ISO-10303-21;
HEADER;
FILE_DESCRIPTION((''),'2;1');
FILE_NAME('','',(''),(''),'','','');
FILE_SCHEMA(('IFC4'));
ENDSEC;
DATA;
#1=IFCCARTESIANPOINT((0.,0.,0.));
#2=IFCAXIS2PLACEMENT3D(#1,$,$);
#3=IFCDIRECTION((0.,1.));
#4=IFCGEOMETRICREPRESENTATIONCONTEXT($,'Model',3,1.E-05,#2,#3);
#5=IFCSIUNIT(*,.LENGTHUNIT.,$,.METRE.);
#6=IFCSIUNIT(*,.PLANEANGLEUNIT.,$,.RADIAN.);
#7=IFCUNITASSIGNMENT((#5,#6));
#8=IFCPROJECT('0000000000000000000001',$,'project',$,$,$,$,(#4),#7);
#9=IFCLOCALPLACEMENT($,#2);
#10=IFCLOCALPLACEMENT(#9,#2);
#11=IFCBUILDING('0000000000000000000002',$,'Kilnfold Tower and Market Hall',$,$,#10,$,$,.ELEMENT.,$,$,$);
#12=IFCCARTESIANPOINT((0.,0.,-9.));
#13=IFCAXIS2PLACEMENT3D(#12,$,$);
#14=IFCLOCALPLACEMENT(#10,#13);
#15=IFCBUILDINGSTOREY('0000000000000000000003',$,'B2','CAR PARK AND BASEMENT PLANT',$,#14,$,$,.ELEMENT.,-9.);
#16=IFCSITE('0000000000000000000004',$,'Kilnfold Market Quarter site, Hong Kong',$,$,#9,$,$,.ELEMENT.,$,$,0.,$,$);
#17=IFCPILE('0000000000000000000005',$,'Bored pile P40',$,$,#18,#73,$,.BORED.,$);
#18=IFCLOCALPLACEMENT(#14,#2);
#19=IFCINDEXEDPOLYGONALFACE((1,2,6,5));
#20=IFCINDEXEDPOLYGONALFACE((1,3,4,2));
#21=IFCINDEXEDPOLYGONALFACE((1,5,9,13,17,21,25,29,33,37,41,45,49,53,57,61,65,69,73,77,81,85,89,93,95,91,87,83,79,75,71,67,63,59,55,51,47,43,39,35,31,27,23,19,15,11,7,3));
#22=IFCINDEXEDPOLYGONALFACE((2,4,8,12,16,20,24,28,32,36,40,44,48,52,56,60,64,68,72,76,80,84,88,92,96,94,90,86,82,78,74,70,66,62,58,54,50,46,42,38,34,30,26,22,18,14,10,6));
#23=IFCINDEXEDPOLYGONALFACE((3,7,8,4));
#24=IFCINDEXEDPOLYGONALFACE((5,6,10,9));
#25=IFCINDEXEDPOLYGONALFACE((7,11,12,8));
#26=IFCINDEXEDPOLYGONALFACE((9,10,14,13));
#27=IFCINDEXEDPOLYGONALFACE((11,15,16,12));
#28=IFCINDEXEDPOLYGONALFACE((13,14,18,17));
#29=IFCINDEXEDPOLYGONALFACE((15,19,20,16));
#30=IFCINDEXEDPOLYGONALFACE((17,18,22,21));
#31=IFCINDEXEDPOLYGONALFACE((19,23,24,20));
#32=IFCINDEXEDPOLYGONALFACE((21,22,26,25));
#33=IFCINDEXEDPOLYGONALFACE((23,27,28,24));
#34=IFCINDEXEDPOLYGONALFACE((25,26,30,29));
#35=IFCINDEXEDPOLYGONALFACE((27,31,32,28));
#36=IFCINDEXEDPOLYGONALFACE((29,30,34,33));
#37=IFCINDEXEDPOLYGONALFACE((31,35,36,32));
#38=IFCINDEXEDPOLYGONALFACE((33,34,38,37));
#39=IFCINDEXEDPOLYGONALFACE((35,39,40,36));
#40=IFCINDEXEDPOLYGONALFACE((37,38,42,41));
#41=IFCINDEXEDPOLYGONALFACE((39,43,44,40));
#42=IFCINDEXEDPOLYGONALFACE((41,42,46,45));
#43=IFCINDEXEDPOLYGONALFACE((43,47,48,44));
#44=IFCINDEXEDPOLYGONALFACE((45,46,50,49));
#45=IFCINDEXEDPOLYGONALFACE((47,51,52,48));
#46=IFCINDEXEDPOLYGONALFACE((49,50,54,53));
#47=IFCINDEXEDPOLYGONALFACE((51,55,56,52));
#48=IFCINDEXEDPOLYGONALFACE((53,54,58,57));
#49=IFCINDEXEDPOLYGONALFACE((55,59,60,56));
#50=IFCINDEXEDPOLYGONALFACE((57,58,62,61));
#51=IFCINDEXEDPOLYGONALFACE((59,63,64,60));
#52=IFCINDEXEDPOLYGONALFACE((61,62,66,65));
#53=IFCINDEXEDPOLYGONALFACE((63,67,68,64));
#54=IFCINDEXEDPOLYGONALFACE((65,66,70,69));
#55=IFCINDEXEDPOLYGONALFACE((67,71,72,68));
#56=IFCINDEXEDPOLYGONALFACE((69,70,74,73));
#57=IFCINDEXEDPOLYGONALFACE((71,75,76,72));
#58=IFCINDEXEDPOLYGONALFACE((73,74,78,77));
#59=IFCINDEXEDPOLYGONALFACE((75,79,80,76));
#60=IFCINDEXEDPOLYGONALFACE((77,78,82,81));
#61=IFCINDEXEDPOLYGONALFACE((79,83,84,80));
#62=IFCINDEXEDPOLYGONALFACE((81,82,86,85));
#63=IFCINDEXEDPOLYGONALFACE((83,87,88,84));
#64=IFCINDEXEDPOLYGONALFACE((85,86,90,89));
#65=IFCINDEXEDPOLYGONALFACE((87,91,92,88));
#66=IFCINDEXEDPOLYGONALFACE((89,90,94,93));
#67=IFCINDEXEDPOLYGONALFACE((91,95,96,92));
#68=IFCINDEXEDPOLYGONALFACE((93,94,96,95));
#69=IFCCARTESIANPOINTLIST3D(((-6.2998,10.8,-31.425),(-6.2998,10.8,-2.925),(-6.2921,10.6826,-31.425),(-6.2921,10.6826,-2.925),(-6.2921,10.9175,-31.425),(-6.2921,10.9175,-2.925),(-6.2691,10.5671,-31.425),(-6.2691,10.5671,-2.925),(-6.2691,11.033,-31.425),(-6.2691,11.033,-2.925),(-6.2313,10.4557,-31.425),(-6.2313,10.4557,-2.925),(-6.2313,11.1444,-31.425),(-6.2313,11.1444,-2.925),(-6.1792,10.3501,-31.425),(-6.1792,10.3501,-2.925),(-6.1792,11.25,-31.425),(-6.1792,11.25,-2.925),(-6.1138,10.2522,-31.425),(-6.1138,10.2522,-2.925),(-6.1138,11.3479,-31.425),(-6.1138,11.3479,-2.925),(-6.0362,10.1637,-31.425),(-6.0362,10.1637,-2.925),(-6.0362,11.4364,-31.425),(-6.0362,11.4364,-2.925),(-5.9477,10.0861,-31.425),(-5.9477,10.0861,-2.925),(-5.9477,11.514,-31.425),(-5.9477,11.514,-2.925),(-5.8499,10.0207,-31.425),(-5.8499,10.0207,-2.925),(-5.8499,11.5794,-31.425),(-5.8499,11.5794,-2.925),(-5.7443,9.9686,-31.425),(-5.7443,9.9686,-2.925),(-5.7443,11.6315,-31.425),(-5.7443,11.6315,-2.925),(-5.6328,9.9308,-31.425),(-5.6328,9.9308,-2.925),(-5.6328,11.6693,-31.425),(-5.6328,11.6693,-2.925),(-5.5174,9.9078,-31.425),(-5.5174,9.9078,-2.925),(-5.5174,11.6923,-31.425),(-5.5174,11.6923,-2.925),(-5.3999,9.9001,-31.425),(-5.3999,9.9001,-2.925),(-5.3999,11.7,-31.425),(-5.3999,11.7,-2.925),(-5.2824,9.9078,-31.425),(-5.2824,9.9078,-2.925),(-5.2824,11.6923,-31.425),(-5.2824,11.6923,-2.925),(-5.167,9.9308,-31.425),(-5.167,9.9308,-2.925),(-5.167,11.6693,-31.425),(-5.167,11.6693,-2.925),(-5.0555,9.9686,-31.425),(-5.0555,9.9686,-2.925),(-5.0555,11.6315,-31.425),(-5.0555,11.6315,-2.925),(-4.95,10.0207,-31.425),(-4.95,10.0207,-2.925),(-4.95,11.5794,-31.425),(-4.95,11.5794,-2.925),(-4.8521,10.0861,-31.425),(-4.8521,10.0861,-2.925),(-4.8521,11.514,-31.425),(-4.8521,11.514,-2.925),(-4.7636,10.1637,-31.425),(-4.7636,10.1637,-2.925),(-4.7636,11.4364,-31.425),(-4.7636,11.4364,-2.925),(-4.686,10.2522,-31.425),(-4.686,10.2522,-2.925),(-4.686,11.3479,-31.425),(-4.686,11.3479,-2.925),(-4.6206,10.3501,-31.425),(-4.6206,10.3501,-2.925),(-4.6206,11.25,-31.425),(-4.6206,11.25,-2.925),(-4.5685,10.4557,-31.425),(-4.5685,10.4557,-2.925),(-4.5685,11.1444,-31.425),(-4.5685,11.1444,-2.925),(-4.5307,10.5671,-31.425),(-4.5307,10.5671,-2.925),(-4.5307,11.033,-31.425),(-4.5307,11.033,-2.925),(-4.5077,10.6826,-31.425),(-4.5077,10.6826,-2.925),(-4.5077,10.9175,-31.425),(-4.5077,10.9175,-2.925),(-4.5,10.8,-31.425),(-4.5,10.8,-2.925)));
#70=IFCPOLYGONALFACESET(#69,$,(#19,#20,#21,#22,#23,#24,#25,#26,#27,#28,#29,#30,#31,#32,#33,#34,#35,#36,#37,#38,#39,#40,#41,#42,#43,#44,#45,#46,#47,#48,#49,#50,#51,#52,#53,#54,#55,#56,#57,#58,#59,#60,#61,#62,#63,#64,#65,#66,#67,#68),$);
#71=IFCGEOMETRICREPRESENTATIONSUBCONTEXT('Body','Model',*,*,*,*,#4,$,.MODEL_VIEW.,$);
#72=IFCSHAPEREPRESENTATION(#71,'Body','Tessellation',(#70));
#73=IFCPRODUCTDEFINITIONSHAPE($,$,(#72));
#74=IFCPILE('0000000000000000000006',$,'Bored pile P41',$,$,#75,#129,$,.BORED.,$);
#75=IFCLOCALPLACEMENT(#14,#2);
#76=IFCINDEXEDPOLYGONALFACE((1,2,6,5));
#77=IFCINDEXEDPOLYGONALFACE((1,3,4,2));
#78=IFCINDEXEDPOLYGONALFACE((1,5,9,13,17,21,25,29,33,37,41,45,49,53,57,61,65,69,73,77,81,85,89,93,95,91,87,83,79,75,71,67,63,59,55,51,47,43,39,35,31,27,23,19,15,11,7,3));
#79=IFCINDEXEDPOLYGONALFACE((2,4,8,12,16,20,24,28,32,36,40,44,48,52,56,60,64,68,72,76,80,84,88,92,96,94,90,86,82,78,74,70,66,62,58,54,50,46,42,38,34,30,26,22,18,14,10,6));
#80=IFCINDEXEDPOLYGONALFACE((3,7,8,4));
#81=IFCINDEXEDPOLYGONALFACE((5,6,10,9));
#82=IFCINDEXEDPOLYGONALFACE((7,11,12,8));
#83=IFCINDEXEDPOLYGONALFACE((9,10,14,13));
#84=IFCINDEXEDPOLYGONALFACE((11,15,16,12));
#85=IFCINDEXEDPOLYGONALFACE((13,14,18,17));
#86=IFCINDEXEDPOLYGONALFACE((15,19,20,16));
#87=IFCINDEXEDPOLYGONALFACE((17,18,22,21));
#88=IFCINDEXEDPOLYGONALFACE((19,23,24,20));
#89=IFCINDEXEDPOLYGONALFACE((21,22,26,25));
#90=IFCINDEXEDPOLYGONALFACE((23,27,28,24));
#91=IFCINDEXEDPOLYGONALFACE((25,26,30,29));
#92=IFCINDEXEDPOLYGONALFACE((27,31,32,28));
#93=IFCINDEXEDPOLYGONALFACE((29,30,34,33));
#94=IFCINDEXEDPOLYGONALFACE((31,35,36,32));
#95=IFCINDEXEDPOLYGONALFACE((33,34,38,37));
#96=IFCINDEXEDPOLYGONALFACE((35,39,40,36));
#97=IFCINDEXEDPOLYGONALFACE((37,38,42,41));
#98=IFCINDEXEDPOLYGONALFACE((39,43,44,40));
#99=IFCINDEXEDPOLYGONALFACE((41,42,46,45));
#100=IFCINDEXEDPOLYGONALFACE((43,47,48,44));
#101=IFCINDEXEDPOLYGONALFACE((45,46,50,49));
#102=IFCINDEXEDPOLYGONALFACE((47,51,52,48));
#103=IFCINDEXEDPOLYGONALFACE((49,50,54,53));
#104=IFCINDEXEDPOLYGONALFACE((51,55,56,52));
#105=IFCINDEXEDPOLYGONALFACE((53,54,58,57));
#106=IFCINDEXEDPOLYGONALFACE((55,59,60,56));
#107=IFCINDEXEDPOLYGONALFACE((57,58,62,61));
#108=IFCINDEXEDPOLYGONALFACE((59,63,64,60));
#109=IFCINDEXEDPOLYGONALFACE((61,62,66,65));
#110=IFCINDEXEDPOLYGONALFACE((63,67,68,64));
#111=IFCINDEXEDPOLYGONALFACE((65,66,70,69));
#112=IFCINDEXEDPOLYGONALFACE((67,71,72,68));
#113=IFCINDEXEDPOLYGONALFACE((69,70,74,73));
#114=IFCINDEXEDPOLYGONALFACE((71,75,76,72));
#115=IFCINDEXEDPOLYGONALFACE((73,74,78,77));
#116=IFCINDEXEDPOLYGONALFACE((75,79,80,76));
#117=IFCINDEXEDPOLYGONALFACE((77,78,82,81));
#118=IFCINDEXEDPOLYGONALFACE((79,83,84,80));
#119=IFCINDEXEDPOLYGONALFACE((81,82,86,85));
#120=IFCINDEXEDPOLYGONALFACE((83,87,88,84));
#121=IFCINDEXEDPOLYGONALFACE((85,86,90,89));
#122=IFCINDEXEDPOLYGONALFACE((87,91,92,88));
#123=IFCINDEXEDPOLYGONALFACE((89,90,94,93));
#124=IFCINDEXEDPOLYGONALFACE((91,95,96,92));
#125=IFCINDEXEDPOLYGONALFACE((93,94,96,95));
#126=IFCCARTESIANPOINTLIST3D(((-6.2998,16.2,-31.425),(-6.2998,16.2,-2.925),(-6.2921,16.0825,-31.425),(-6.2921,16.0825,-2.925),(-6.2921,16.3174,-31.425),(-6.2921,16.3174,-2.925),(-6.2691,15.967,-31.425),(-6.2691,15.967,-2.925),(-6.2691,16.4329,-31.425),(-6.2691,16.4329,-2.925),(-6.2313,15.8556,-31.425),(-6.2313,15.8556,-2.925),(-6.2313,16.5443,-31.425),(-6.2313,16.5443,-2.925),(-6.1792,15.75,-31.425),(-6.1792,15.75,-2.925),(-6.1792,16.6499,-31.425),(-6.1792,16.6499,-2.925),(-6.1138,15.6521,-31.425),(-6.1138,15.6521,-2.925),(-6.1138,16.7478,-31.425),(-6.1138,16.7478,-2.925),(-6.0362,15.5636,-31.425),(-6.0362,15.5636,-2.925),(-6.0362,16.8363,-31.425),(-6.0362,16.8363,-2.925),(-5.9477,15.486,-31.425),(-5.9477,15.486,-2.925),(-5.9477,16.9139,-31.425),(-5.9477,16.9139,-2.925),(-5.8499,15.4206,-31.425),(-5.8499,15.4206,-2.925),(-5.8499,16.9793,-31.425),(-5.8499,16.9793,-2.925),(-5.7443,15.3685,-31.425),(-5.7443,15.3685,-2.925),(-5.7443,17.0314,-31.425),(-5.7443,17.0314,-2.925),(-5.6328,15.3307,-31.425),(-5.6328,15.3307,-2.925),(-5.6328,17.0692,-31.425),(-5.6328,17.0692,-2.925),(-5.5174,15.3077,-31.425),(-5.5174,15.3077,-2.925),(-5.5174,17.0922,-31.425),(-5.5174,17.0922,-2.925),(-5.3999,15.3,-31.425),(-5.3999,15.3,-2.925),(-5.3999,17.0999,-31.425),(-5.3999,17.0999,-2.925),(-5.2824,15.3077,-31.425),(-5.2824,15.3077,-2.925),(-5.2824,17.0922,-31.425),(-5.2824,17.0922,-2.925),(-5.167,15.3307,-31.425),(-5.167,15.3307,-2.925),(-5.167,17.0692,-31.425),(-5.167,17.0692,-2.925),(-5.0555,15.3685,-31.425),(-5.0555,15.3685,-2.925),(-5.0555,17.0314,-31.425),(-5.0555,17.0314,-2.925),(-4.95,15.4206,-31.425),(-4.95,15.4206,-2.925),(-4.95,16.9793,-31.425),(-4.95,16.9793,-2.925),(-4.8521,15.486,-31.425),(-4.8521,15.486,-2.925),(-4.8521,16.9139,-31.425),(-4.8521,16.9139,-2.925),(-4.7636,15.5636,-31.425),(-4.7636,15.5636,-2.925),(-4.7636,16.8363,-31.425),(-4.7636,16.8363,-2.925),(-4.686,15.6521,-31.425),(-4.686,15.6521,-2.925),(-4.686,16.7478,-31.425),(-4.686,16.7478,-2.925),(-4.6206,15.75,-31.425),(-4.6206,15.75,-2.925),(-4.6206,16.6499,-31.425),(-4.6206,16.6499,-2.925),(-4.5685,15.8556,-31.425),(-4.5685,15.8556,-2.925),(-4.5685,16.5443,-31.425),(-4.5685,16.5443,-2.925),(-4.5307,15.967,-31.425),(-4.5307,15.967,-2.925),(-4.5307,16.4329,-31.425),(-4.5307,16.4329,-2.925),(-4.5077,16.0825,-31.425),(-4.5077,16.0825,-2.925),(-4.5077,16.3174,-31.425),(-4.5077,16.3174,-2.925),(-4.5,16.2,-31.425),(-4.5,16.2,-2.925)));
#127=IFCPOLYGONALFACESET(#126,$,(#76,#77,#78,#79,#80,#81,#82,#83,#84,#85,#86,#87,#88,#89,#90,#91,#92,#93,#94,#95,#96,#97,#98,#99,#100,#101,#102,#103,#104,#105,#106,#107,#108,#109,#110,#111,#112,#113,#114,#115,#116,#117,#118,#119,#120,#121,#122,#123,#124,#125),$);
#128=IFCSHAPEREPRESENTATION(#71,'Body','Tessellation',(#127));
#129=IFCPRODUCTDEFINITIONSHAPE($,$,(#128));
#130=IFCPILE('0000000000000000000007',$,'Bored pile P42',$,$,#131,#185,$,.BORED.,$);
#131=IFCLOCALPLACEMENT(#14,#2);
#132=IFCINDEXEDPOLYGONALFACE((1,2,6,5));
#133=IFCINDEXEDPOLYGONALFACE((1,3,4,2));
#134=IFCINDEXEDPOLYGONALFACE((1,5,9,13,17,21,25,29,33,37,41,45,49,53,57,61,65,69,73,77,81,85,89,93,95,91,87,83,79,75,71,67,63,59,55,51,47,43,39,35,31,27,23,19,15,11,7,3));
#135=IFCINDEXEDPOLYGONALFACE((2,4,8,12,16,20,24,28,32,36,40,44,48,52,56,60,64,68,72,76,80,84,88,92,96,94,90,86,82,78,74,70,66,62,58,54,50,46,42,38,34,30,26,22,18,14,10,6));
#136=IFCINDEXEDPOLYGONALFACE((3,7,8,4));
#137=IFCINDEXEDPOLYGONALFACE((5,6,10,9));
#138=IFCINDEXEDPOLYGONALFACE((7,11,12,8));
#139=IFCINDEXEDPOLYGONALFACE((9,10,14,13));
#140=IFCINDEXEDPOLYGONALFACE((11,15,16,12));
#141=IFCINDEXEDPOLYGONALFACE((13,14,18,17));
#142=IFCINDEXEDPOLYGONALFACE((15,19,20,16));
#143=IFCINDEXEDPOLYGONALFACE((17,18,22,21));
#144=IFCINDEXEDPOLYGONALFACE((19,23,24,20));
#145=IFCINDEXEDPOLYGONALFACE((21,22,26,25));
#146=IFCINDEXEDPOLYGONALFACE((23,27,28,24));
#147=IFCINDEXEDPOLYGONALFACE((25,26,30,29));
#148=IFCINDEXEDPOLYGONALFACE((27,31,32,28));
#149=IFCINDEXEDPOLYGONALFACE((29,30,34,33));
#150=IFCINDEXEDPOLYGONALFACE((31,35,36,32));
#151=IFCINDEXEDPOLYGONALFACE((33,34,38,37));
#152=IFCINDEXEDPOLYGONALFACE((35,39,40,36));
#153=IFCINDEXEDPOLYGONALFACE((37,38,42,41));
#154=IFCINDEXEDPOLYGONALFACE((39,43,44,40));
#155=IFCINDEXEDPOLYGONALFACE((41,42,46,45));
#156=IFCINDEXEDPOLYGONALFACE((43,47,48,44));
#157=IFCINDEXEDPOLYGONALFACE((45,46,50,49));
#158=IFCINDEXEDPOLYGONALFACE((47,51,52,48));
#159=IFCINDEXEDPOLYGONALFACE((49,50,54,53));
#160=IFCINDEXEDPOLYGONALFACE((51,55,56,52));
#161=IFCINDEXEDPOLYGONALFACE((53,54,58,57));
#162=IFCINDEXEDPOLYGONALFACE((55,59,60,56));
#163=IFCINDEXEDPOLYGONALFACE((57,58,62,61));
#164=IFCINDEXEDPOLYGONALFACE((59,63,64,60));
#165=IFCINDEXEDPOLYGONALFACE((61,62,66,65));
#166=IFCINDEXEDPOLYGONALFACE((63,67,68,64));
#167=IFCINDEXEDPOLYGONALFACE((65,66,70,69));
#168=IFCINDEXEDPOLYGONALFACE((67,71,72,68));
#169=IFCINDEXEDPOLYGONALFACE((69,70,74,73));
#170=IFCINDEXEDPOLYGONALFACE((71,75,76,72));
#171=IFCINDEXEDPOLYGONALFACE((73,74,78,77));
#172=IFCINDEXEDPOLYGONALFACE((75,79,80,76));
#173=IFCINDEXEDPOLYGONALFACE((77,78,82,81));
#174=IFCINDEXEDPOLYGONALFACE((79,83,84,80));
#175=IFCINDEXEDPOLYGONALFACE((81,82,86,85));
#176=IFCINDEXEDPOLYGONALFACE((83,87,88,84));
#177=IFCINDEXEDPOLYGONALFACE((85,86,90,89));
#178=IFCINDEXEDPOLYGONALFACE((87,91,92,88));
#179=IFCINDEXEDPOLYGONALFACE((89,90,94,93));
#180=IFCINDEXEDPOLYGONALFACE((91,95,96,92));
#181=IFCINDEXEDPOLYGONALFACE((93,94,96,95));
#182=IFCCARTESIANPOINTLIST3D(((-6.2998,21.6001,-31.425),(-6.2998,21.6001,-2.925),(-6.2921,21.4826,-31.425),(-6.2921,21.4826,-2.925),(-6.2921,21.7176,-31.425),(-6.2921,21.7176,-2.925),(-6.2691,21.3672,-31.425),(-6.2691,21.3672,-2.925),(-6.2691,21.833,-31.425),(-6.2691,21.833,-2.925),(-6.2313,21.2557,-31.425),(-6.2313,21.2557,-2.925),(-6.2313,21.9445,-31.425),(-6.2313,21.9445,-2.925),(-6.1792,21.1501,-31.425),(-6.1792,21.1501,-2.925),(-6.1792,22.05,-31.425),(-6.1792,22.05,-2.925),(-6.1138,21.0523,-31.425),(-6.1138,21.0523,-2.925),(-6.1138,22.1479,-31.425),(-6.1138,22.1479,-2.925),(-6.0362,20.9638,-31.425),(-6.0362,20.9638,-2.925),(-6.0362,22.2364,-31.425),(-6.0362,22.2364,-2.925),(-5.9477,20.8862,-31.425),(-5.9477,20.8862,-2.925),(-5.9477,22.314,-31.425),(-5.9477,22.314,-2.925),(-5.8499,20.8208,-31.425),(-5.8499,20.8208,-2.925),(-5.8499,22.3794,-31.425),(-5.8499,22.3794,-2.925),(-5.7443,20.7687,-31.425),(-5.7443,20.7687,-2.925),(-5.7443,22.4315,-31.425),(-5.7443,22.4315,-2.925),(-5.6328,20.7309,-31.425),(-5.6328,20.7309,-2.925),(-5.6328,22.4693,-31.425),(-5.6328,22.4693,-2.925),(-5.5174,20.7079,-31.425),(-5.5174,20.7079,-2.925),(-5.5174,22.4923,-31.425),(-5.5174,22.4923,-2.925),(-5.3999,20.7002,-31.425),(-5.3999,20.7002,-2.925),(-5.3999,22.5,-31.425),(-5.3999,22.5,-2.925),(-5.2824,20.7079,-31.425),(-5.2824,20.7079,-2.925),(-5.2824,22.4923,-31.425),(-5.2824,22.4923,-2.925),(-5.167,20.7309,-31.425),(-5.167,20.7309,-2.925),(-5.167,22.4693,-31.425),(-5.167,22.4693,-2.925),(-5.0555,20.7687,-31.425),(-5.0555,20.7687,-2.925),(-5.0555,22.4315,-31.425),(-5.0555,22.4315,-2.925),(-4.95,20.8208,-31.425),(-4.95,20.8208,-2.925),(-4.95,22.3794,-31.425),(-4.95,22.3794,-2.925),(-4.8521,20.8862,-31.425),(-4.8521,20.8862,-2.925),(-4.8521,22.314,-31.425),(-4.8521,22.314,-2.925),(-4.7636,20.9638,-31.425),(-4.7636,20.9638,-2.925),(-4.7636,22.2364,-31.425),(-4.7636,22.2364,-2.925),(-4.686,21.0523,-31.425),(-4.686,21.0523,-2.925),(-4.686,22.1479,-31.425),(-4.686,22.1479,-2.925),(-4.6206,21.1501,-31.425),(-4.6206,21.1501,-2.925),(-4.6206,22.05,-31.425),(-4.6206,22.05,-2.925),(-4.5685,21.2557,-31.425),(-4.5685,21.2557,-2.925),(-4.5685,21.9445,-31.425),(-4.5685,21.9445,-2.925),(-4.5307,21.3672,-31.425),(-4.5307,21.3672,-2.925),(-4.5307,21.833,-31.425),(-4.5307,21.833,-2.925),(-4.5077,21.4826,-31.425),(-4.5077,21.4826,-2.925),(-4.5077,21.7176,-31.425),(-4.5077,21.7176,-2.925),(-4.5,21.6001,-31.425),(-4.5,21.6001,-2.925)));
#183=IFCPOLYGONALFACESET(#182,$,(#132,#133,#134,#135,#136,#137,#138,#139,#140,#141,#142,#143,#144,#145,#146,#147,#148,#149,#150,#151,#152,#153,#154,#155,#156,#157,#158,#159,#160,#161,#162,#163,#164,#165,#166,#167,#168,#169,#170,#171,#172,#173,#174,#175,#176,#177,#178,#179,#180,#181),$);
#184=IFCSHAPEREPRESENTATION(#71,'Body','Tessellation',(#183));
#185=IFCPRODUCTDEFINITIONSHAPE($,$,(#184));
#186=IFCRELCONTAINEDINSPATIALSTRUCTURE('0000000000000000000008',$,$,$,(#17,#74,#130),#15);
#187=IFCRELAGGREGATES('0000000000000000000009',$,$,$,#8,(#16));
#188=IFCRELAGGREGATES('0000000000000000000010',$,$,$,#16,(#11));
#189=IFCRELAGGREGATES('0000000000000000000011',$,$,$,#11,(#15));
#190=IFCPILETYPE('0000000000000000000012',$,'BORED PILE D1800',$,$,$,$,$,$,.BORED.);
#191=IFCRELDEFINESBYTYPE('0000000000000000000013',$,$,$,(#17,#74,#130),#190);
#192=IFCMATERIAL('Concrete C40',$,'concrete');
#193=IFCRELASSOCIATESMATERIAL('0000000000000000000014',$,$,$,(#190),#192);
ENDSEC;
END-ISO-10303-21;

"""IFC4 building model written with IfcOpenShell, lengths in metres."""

from ifc_helpers import new_model, si_unit, direction, frame, origin, origin_2d, place, context, subcontext, project, spatial, circle, extrude, source, transform, mapped, material, material_profile, profile_set, type_object, element, save


model = new_model("IFC4")

# Units and contexts
model_context = context("Model", 3, precision=1e-05, world=origin(), true_north=direction((0.0, 1.0)))
body_context = subcontext(model_context, "Body", "Model", "MODEL_VIEW")
ifc_project = project(units=[si_unit("LENGTHUNIT", "METRE"), si_unit("PLANEANGLEUNIT", "RADIAN")], contexts=[model_context])

# Site, building, storey
site_placement = place(None, origin())
site = spatial("IfcSite", under=ifc_project, at=site_placement, Name="Kilnfold Market Quarter site, Hong Kong", CompositionType="ELEMENT", RefElevation=0.0)
building_placement = place(site_placement, origin())
building = spatial("IfcBuilding", under=site, at=building_placement, Name="Kilnfold Tower and Market Hall", CompositionType="ELEMENT")
storey_placement = place(building_placement, frame((0.0, 0.0, -9.0)))
storey = spatial("IfcBuildingStorey", under=building, at=storey_placement, Name="B2", Description="CAR PARK AND BASEMENT PLANT", CompositionType="ELEMENT", Elevation=-9.0)

# Piles
ifc_material_1 = material(Name="Concrete C40", Category="concrete")
ifc_material_profile_1 = material_profile(ifc_material_1, circle(Radius=0.8999, at=origin_2d()), Name="RC D1800")
ifc_profile_set_1 = profile_set([ifc_material_profile_1], Name="Concrete C40")
pile_type = type_object("IfcPileType", Name="BORED PILE D1800", PredefinedType="BORED", material=ifc_profile_set_1)
shared_shape_1 = source(origin(), body_context, "Body", "SweptSolid", [
    extrude(circle(Radius=0.8999, at=origin_2d()), origin(), (0.0, 0.0, 1.0), 28.5),
])
for number, where, z_axis, x_axis, name in (
    (1, (-5.3999, 10.8, -2.925), (0.0, 0.0, -1.0), (1.0, 0.0, 0.0), "Bored pile P40"),
    (2, (-5.3999, 16.2, -2.925), (0.0, 0.0, -1.0), (1.0, 0.0, 0.0), "Bored pile P41"),
    (3, (-5.3999, 21.6001, -2.925), (0.0, 0.0, -1.0), (1.0, 0.0, 0.0), "Bored pile P42"),
):
    element("IfcPile", number, at=place(storey_placement, frame(where, z_axis=z_axis, x_axis=x_axis)), inside=storey, type_object=pile_type, Name=name, PredefinedType="BORED", context=body_context, shape_type="MappedRepresentation", body=[
        mapped(shared_shape_1, transform((0.0, 0.0, 0.0))),
    ])

save(model, "model.ifc")
